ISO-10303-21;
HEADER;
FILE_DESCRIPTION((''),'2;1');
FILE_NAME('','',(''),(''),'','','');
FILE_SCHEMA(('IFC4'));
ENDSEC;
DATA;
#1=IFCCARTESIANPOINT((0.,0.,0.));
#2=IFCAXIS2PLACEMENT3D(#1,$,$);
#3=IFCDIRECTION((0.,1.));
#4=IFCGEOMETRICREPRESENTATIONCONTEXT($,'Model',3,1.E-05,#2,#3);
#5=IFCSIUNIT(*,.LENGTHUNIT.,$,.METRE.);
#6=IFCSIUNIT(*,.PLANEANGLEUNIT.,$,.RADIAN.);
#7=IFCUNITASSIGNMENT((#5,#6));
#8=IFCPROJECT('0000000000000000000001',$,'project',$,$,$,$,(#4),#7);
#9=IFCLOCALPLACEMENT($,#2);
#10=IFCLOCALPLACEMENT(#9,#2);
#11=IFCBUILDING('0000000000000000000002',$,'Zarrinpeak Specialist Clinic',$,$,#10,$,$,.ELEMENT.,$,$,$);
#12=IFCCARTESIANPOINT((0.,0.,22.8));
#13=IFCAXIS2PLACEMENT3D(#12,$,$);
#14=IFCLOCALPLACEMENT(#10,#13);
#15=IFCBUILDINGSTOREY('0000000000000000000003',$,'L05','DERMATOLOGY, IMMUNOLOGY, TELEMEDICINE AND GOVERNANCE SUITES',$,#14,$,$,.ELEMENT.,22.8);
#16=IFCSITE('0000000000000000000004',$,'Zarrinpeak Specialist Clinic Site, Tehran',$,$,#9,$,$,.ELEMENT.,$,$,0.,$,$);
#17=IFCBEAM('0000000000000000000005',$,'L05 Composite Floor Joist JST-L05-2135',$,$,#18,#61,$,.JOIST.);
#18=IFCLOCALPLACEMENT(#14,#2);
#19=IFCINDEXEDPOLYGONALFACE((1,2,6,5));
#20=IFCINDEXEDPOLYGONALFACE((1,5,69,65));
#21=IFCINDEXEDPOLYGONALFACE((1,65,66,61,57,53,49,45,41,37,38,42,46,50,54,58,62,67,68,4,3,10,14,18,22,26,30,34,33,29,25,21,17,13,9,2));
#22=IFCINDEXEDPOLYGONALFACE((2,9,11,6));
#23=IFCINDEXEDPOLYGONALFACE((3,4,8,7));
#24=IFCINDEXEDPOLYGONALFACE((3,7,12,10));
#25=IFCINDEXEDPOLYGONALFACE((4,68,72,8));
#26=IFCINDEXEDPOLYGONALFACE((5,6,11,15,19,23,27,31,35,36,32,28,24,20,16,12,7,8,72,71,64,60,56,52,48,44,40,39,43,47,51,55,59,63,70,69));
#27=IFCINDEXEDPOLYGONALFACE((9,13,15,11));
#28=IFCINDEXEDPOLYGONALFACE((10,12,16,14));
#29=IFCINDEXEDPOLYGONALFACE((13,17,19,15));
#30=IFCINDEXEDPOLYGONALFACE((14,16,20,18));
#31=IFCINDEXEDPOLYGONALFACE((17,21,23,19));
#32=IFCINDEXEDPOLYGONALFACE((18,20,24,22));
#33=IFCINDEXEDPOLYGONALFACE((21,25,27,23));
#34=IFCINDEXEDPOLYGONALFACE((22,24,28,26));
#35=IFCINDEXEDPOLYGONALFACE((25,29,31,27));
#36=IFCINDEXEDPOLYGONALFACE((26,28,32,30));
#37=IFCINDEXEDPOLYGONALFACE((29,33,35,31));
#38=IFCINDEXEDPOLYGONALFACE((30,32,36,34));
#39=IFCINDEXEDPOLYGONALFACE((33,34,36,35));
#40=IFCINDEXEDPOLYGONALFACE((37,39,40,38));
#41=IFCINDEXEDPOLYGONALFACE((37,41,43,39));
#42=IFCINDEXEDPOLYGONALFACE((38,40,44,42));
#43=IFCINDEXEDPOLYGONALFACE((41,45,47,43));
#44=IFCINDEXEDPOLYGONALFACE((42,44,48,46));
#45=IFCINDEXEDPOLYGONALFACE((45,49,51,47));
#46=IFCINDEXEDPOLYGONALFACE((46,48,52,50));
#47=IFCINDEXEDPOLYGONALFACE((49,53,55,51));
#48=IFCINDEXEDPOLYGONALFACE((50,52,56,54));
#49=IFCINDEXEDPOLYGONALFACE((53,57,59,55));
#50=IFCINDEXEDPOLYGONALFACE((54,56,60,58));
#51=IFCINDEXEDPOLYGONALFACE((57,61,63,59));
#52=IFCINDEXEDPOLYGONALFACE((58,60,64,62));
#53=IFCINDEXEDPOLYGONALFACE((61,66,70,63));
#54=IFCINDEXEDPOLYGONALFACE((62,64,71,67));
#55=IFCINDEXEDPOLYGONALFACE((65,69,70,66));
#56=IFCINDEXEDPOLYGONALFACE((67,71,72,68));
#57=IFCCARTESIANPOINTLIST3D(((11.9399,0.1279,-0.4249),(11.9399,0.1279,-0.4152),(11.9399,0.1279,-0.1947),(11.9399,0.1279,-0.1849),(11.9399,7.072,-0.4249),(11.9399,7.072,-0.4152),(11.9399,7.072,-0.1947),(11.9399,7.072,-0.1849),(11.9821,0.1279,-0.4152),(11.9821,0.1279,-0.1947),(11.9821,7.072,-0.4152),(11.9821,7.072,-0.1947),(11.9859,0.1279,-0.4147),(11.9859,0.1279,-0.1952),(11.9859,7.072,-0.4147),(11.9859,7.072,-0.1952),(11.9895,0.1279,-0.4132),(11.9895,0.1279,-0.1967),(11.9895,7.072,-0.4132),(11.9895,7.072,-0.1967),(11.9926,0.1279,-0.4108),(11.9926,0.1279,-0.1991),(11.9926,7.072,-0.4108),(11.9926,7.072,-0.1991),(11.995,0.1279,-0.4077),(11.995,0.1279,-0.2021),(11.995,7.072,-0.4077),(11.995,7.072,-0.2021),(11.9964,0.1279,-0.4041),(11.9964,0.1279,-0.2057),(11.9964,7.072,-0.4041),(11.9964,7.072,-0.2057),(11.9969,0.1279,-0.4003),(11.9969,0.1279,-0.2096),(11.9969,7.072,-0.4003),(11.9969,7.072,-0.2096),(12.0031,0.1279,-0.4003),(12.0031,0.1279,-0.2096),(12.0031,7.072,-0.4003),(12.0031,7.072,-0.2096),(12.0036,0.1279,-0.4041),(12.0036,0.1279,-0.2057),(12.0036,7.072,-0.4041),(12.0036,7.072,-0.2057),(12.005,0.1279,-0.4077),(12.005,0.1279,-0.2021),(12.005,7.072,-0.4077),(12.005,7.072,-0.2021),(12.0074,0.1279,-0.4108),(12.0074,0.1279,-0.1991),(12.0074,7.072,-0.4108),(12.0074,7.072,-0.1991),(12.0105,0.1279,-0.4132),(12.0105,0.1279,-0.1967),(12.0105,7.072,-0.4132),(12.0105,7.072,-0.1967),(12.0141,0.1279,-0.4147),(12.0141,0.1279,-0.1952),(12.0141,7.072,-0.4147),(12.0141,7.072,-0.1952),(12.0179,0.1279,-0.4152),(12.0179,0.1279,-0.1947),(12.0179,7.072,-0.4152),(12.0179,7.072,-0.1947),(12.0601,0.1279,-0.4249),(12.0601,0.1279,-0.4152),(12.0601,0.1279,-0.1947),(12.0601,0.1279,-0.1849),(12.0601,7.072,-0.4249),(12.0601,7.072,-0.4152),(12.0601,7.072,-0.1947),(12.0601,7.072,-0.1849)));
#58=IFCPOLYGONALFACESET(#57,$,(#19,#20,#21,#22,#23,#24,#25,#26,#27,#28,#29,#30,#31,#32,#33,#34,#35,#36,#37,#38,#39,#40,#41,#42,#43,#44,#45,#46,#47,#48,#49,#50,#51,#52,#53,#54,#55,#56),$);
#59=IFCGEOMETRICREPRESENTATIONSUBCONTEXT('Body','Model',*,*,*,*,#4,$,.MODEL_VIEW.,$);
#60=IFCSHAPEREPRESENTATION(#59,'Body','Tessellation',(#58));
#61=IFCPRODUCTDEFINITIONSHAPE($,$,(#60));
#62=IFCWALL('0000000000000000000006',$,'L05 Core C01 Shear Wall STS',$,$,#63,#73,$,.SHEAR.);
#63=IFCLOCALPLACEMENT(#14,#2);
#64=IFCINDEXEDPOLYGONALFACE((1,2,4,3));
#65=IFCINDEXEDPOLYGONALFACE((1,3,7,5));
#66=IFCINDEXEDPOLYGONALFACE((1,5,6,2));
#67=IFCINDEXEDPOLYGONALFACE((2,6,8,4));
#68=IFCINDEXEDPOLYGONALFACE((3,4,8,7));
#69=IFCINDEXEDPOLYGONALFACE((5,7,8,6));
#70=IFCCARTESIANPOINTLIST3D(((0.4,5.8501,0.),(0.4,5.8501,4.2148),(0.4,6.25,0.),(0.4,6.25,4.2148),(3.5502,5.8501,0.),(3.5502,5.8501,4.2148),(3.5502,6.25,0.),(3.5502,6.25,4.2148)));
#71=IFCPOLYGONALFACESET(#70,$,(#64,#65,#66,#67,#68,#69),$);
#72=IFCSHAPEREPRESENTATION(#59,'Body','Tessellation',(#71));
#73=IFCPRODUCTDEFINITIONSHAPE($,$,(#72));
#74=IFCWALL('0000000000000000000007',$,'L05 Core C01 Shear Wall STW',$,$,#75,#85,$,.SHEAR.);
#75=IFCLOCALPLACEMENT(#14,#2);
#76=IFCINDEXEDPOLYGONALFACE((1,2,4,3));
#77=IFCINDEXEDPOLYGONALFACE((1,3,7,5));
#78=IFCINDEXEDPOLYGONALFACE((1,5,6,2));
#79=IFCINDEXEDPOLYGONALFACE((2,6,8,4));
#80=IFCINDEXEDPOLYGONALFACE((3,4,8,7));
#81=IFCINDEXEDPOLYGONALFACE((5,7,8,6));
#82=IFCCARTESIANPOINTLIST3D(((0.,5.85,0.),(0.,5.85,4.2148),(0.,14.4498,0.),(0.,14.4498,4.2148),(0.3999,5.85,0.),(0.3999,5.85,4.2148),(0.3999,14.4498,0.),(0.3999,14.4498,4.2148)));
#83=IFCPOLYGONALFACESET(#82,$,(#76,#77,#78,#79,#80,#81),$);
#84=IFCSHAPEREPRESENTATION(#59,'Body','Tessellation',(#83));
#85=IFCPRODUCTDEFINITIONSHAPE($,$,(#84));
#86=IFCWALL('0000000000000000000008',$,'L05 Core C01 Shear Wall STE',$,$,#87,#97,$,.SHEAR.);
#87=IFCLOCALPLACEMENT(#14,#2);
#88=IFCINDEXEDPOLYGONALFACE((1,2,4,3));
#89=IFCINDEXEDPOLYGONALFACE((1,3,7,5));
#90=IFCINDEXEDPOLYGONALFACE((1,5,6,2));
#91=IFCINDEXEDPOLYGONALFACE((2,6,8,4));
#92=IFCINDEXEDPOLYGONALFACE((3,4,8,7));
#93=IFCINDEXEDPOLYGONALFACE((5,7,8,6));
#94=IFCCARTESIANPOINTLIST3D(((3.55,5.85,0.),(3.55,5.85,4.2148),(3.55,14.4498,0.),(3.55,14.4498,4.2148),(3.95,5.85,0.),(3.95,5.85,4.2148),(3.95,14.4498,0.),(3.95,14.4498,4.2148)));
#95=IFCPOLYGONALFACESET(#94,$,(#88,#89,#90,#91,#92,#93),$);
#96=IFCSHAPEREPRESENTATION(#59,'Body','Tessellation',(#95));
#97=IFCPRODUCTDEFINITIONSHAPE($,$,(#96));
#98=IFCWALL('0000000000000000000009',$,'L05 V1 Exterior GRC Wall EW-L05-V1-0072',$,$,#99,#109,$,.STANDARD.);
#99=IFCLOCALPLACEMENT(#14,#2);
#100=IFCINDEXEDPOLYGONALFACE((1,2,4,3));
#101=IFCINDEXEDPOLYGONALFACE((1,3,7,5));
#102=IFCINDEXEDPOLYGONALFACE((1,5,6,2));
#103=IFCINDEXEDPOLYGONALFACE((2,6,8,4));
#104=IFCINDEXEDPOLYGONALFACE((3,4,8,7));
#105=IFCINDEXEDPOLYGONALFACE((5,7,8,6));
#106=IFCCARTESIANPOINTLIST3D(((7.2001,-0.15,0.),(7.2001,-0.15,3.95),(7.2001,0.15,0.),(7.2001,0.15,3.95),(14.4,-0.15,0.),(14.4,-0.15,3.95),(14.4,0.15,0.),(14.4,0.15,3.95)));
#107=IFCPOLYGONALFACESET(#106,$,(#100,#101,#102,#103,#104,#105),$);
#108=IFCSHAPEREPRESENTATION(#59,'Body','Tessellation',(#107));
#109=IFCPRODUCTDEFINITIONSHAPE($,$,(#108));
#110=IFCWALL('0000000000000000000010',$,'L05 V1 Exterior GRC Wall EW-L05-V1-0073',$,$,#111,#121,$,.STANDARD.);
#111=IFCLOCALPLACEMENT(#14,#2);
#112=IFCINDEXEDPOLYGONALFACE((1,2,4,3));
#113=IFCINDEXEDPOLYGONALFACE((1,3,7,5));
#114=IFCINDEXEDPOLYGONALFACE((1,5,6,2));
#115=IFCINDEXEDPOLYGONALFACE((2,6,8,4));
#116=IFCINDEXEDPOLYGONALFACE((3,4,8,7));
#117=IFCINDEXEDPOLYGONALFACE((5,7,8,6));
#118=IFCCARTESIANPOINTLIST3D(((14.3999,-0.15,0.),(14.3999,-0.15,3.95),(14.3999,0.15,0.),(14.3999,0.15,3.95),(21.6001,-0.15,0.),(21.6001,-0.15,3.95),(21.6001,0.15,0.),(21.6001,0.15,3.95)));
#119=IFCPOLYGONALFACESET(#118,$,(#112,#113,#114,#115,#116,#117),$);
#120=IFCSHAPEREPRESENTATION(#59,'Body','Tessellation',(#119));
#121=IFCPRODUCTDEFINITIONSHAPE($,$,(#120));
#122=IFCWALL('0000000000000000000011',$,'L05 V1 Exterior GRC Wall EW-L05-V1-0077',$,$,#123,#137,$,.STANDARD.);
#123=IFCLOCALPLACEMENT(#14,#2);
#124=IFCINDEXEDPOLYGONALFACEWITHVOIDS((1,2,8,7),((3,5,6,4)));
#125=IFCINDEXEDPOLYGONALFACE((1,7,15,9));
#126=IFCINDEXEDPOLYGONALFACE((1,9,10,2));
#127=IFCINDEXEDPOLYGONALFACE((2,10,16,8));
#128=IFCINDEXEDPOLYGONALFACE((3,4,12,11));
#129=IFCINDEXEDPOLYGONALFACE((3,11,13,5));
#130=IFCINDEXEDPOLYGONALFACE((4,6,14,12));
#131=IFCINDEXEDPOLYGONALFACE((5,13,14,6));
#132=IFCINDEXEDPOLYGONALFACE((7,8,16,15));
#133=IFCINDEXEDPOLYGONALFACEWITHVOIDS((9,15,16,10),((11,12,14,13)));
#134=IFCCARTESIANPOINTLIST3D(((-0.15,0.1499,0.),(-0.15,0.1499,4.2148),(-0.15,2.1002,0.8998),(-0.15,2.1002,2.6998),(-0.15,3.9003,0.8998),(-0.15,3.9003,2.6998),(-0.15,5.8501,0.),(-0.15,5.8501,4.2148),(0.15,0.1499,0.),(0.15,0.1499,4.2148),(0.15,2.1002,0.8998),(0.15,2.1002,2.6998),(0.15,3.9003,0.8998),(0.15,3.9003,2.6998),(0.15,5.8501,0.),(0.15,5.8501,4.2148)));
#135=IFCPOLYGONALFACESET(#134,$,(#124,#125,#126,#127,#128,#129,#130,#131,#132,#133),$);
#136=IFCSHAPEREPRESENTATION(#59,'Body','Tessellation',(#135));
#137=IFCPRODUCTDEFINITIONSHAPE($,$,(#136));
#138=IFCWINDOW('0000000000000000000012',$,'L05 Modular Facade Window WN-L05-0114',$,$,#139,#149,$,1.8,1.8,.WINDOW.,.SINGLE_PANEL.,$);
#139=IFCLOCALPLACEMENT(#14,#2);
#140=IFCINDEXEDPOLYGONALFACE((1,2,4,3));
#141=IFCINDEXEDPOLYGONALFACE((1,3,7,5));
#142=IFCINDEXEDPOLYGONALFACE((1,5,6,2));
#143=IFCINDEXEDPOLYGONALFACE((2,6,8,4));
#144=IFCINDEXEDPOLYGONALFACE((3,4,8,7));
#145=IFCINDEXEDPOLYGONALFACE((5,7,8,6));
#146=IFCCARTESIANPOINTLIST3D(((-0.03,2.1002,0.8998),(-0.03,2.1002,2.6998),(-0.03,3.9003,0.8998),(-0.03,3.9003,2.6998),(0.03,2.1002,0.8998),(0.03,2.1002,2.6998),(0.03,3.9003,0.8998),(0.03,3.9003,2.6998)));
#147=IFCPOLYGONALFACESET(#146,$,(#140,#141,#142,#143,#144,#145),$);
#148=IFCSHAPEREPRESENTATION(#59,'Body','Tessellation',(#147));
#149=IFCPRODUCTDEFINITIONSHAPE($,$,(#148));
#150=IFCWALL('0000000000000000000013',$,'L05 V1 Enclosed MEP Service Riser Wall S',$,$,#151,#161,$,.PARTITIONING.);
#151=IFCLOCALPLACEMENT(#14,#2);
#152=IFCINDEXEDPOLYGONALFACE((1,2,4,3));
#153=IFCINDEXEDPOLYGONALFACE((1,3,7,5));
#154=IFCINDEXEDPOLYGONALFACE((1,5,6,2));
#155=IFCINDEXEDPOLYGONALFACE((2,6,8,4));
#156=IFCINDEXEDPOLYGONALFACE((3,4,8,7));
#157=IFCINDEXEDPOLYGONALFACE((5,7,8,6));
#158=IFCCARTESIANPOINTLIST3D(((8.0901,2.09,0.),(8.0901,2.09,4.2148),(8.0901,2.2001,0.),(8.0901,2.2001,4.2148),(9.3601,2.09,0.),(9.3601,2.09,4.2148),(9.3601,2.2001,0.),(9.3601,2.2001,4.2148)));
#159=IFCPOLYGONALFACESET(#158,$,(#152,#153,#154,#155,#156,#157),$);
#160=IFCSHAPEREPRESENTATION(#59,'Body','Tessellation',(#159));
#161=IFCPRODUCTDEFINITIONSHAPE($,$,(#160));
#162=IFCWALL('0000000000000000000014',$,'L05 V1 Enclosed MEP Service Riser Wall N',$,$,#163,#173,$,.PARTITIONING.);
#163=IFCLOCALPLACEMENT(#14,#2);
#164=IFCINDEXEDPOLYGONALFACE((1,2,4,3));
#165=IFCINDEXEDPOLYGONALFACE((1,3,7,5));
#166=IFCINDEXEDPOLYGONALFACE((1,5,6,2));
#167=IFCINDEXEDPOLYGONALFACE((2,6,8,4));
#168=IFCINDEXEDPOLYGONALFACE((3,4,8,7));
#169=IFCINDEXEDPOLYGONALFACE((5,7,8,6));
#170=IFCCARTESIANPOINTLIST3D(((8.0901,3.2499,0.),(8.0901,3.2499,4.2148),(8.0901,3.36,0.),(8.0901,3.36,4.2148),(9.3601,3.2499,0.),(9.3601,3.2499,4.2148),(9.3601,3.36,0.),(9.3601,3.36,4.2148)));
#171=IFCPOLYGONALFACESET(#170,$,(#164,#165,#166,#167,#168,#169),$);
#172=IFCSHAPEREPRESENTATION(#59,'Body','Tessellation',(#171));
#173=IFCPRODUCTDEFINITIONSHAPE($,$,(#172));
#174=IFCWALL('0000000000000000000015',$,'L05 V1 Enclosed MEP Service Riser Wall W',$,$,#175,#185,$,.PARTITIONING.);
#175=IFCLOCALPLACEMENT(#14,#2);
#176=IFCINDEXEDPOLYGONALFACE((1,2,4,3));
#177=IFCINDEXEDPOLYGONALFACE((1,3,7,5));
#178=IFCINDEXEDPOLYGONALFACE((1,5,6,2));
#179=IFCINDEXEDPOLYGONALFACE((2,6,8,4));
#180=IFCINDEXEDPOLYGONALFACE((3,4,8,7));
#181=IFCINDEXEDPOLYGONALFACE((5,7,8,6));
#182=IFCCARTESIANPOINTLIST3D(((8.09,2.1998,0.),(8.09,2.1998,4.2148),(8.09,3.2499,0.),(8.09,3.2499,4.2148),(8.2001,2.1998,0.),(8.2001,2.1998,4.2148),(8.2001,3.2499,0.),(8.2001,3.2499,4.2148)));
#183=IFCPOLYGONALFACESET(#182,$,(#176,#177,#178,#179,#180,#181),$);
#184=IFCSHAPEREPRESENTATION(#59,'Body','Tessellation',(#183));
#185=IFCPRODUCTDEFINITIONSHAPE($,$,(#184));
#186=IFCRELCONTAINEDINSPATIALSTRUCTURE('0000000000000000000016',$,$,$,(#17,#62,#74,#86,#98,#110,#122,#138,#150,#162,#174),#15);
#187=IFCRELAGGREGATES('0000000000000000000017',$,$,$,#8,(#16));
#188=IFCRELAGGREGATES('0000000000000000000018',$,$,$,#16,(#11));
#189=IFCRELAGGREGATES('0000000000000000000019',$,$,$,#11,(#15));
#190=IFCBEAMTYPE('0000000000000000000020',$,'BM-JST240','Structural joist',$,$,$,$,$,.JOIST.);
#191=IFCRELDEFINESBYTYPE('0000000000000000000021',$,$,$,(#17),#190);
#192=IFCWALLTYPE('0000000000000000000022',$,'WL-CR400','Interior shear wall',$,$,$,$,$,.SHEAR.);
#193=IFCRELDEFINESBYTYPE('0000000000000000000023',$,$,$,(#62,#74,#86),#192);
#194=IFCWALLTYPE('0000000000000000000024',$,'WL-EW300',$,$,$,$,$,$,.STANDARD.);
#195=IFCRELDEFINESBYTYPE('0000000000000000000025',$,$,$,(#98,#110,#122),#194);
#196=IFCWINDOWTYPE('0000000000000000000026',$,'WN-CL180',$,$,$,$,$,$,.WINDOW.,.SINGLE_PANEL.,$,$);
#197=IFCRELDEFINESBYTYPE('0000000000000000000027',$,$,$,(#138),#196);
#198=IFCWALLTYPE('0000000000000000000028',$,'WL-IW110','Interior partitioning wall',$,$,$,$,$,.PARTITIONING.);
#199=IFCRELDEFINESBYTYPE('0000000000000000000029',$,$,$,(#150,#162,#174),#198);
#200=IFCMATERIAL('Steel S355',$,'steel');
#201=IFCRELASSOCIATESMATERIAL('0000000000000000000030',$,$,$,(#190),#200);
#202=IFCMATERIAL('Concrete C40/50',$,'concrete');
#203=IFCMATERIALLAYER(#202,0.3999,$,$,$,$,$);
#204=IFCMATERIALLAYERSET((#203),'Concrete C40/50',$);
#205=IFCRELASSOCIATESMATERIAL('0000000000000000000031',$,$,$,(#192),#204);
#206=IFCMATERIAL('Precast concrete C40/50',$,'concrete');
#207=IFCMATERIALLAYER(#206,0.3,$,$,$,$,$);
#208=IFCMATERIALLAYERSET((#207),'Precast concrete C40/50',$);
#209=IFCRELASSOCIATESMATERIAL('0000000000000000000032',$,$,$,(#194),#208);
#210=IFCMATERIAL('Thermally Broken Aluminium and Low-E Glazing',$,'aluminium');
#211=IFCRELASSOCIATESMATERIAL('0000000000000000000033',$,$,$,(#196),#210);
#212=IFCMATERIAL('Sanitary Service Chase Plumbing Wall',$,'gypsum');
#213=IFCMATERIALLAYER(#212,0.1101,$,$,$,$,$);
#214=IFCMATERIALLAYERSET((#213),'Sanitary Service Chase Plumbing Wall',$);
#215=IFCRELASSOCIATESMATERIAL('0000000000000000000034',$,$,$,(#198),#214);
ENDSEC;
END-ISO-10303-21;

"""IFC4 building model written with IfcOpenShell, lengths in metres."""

from ifc_helpers import new_model, si_unit, direction, frame, frame_2d, origin, origin_2d, place, context, subcontext, project, spatial, rectangle, i_section, extrude, material, layer, layer_set, material_profile, profile_set, type_object, element, fill, save


model = new_model("IFC4")

# Units and contexts
model_context = context("Model", 3, precision=1e-05, world=origin(), true_north=direction((0.0, 1.0)))
body_context = subcontext(model_context, "Body", "Model", "MODEL_VIEW")
ifc_project = project(units=[si_unit("LENGTHUNIT", "METRE"), si_unit("PLANEANGLEUNIT", "RADIAN")], contexts=[model_context])

# Site, building, storey
site_placement = place(None, origin())
site = spatial("IfcSite", under=ifc_project, at=site_placement, Name="Zarrinpeak Specialist Clinic Site, Tehran", CompositionType="ELEMENT", RefElevation=0.0)
building_placement = place(site_placement, origin())
building = spatial("IfcBuilding", under=site, at=building_placement, Name="Zarrinpeak Specialist Clinic", CompositionType="ELEMENT")
storey_placement = place(building_placement, frame((0.0, 0.0, 22.8)))
storey = spatial("IfcBuildingStorey", under=building, at=storey_placement, Name="L05", Description="DERMATOLOGY, IMMUNOLOGY, TELEMEDICINE AND GOVERNANCE SUITES", CompositionType="ELEMENT", Elevation=22.8)

# Shared definitions
ifc_material_1 = material(Name="Steel S355", Category="steel")

# Beam
ifc_material_profile_1 = material_profile(ifc_material_1, i_section(OverallWidth=0.1201, OverallDepth=0.24, WebThickness=0.0061, FlangeThickness=0.0098, FilletRadius=0.0149, at=origin_2d()), Name="IPE 240")
ifc_profile_set_1 = profile_set([ifc_material_profile_1], Name="Steel S355")
beam_type_1 = type_object("IfcBeamType", Name="BM-JST240", Description="Structural joist", PredefinedType="JOIST", material=ifc_profile_set_1)
for number, where, z_axis, x_axis, name in (
    (1, (12.0, 0.1279, -0.3049), (0.0, 1.0, 0.0), (-1.0, 0.0, 0.0), "L05 Composite Floor Joist JST-L05-2135"),
):
    element("IfcBeam", number, at=place(storey_placement, frame(where, z_axis=z_axis, x_axis=x_axis)), inside=storey, type_object=beam_type_1, Name=name, PredefinedType="JOIST", context=body_context, shape_type="SweptSolid", body=[
        extrude(i_section(OverallWidth=0.1201, OverallDepth=0.24, WebThickness=0.0061, FlangeThickness=0.0098, FilletRadius=0.0149, at=origin_2d()), origin(), (0.0, 0.0, 1.0), 6.9441),
    ])

# Walls
ifc_material_2 = material(Name="Concrete C40/50", Category="concrete")
ifc_layer_1 = layer(ifc_material_2, 0.3999)
ifc_layer_set_1 = layer_set([ifc_layer_1], Name="Concrete C40/50")
wall_type_1 = type_object("IfcWallType", Name="WL-CR400", Description="Interior shear wall", PredefinedType="SHEAR", material=ifc_layer_set_1)
wall_1_placement = place(storey_placement, frame((0.3999, 6.05, 0.0), z_axis=(0.0, 0.0, 1.0), x_axis=(1.0, 0.0, 0.0)))
element("IfcWall", 2, at=wall_1_placement, inside=storey, type_object=wall_type_1, Name="L05 Core C01 Shear Wall STS", PredefinedType="SHEAR", context=body_context, shape_type="SweptSolid", body=[
    extrude(rectangle(XDim=3.1501, YDim=0.3999, at=frame_2d((1.5752, 0.0))), origin(), (0.0, 0.0, 1.0), 4.2148),
])
for number, where, z_axis, x_axis, name in (
    (3, (0.2, 5.8501, 0.0), (0.0, 0.0, 1.0), (0.0, 1.0, 0.0), "L05 Core C01 Shear Wall STW"),
    (4, (3.75, 5.8501, 0.0), (0.0, 0.0, 1.0), (0.0, 1.0, 0.0), "L05 Core C01 Shear Wall STE"),
):
    element("IfcWall", number, at=place(storey_placement, frame(where, z_axis=z_axis, x_axis=x_axis)), inside=storey, type_object=wall_type_1, Name=name, PredefinedType="SHEAR", context=body_context, shape_type="SweptSolid", body=[
        extrude(rectangle(XDim=8.5999, YDim=0.3999, at=frame_2d((4.2998, 0.0))), origin(), (0.0, 0.0, 1.0), 4.2148),
    ])
ifc_material_3 = material(Name="Precast concrete C40/50", Category="concrete")
ifc_layer_2 = layer(ifc_material_3, 0.3)
ifc_layer_set_2 = layer_set([ifc_layer_2], Name="Precast concrete C40/50")
wall_type_2 = type_object("IfcWallType", Name="WL-EW300", PredefinedType="STANDARD", material=ifc_layer_set_2)
wall_2_placement = place(storey_placement, frame((7.2, 0.0, 0.0), z_axis=(0.0, 0.0, 1.0), x_axis=(1.0, 0.0, 0.0)))
element("IfcWall", 5, at=wall_2_placement, inside=storey, type_object=wall_type_2, Name="L05 V1 Exterior GRC Wall EW-L05-V1-0072", PredefinedType="STANDARD", context=body_context, shape_type="SweptSolid", body=[
    extrude(rectangle(XDim=7.2, YDim=0.3, at=frame_2d((3.6001, 0.0))), origin(), (0.0, 0.0, 1.0), 3.95),
])
wall_3_placement = place(storey_placement, frame((14.3999, 0.0, 0.0), z_axis=(0.0, 0.0, 1.0), x_axis=(1.0, 0.0, 0.0)))
element("IfcWall", 6, at=wall_3_placement, inside=storey, type_object=wall_type_2, Name="L05 V1 Exterior GRC Wall EW-L05-V1-0073", PredefinedType="STANDARD", context=body_context, shape_type="SweptSolid", body=[
    extrude(rectangle(XDim=7.2002, YDim=0.3, at=frame_2d((3.6001, 0.0))), origin(), (0.0, 0.0, 1.0), 3.95),
])

# Wall, opening, window
wall_4_placement = place(storey_placement, frame((0.0, 5.8501, 0.0), z_axis=(0.0, 0.0, 1.0), x_axis=(0.0, -1.0, 0.0)))
wall_4 = element("IfcWall", 7, at=wall_4_placement, inside=storey, type_object=wall_type_2, Name="L05 V1 Exterior GRC Wall EW-L05-V1-0077", PredefinedType="STANDARD", context=body_context, shape_type="SweptSolid", body=[
    extrude(rectangle(XDim=5.7002, YDim=0.3, at=frame_2d((2.8501, 0.0))), origin(), (0.0, 0.0, 1.0), 4.2148),
])
opening_placement = place(wall_4_placement, frame((1.95, 0.0, 0.8999)))
opening = element("IfcOpeningElement", 8, at=opening_placement, cuts=wall_4, PredefinedType="OPENING", context=body_context, shape_type="SweptSolid", body=[
    extrude(rectangle(XDim=1.8, YDim=1.8, at=frame_2d((0.8999, 0.8999))), frame((0.0, 0.1602, 0.0), z_axis=(0.0, -1.0, 0.0), x_axis=(1.0, 0.0, 0.0)), (0.0, 0.0, 1.0), 0.3201),
])
ifc_material_4 = material(Name="Thermally Broken Aluminium and Low-E Glazing", Category="aluminium")
window_type = type_object("IfcWindowType", Name="WN-CL180", PartitioningType="SINGLE_PANEL", PredefinedType="WINDOW", material=ifc_material_4)
window_placement = place(opening_placement, origin())
window = element("IfcWindow", 9, at=window_placement, inside=storey, type_object=window_type, Name="L05 Modular Facade Window WN-L05-0114", OverallHeight=1.8, OverallWidth=1.8, PartitioningType="SINGLE_PANEL", PredefinedType="WINDOW", context=body_context, shape_type="SweptSolid", body=[
    extrude(rectangle(XDim=1.8, YDim=1.8, at=frame_2d((0.8999, 0.8999))), frame((0.0, 0.03, 0.0), z_axis=(0.0, -1.0, 0.0), x_axis=(1.0, 0.0, 0.0)), (0.0, 0.0, 1.0), 0.0601),
])
fill(opening, window)

# Walls
ifc_material_5 = material(Name="Sanitary Service Chase Plumbing Wall", Category="gypsum")
ifc_layer_3 = layer(ifc_material_5, 0.1101)
ifc_layer_set_3 = layer_set([ifc_layer_3], Name="Sanitary Service Chase Plumbing Wall")
wall_type_3 = type_object("IfcWallType", Name="WL-IW110", Description="Interior partitioning wall", PredefinedType="PARTITIONING", material=ifc_layer_set_3)
for number, where, z_axis, x_axis, name in (
    (10, (8.0901, 2.145, 0.0), (0.0, 0.0, 1.0), (1.0, 0.0, 0.0), "L05 V1 Enclosed MEP Service Riser Wall S"),
    (11, (8.0901, 3.3049, 0.0), (0.0, 0.0, 1.0), (1.0, 0.0, 0.0), "L05 V1 Enclosed MEP Service Riser Wall N"),
):
    element("IfcWall", number, at=place(storey_placement, frame(where, z_axis=z_axis, x_axis=x_axis)), inside=storey, type_object=wall_type_3, Name=name, PredefinedType="PARTITIONING", context=body_context, shape_type="SweptSolid", body=[
        extrude(rectangle(XDim=1.27, YDim=0.1101, at=frame_2d((0.635, 0.0))), origin(), (0.0, 0.0, 1.0), 4.2148),
    ])
for number, where, z_axis, x_axis, name in (
    (12, (8.145, 2.2, 0.0), (0.0, 0.0, 1.0), (0.0, 1.0, 0.0), "L05 V1 Enclosed MEP Service Riser Wall W"),
):
    element("IfcWall", number, at=place(storey_placement, frame(where, z_axis=z_axis, x_axis=x_axis)), inside=storey, type_object=wall_type_3, Name=name, PredefinedType="PARTITIONING", context=body_context, shape_type="SweptSolid", body=[
        extrude(rectangle(XDim=1.05, YDim=0.1101, at=frame_2d((0.5249, 0.0))), origin(), (0.0, 0.0, 1.0), 4.2148),
    ])

save(model, "model.ifc")
